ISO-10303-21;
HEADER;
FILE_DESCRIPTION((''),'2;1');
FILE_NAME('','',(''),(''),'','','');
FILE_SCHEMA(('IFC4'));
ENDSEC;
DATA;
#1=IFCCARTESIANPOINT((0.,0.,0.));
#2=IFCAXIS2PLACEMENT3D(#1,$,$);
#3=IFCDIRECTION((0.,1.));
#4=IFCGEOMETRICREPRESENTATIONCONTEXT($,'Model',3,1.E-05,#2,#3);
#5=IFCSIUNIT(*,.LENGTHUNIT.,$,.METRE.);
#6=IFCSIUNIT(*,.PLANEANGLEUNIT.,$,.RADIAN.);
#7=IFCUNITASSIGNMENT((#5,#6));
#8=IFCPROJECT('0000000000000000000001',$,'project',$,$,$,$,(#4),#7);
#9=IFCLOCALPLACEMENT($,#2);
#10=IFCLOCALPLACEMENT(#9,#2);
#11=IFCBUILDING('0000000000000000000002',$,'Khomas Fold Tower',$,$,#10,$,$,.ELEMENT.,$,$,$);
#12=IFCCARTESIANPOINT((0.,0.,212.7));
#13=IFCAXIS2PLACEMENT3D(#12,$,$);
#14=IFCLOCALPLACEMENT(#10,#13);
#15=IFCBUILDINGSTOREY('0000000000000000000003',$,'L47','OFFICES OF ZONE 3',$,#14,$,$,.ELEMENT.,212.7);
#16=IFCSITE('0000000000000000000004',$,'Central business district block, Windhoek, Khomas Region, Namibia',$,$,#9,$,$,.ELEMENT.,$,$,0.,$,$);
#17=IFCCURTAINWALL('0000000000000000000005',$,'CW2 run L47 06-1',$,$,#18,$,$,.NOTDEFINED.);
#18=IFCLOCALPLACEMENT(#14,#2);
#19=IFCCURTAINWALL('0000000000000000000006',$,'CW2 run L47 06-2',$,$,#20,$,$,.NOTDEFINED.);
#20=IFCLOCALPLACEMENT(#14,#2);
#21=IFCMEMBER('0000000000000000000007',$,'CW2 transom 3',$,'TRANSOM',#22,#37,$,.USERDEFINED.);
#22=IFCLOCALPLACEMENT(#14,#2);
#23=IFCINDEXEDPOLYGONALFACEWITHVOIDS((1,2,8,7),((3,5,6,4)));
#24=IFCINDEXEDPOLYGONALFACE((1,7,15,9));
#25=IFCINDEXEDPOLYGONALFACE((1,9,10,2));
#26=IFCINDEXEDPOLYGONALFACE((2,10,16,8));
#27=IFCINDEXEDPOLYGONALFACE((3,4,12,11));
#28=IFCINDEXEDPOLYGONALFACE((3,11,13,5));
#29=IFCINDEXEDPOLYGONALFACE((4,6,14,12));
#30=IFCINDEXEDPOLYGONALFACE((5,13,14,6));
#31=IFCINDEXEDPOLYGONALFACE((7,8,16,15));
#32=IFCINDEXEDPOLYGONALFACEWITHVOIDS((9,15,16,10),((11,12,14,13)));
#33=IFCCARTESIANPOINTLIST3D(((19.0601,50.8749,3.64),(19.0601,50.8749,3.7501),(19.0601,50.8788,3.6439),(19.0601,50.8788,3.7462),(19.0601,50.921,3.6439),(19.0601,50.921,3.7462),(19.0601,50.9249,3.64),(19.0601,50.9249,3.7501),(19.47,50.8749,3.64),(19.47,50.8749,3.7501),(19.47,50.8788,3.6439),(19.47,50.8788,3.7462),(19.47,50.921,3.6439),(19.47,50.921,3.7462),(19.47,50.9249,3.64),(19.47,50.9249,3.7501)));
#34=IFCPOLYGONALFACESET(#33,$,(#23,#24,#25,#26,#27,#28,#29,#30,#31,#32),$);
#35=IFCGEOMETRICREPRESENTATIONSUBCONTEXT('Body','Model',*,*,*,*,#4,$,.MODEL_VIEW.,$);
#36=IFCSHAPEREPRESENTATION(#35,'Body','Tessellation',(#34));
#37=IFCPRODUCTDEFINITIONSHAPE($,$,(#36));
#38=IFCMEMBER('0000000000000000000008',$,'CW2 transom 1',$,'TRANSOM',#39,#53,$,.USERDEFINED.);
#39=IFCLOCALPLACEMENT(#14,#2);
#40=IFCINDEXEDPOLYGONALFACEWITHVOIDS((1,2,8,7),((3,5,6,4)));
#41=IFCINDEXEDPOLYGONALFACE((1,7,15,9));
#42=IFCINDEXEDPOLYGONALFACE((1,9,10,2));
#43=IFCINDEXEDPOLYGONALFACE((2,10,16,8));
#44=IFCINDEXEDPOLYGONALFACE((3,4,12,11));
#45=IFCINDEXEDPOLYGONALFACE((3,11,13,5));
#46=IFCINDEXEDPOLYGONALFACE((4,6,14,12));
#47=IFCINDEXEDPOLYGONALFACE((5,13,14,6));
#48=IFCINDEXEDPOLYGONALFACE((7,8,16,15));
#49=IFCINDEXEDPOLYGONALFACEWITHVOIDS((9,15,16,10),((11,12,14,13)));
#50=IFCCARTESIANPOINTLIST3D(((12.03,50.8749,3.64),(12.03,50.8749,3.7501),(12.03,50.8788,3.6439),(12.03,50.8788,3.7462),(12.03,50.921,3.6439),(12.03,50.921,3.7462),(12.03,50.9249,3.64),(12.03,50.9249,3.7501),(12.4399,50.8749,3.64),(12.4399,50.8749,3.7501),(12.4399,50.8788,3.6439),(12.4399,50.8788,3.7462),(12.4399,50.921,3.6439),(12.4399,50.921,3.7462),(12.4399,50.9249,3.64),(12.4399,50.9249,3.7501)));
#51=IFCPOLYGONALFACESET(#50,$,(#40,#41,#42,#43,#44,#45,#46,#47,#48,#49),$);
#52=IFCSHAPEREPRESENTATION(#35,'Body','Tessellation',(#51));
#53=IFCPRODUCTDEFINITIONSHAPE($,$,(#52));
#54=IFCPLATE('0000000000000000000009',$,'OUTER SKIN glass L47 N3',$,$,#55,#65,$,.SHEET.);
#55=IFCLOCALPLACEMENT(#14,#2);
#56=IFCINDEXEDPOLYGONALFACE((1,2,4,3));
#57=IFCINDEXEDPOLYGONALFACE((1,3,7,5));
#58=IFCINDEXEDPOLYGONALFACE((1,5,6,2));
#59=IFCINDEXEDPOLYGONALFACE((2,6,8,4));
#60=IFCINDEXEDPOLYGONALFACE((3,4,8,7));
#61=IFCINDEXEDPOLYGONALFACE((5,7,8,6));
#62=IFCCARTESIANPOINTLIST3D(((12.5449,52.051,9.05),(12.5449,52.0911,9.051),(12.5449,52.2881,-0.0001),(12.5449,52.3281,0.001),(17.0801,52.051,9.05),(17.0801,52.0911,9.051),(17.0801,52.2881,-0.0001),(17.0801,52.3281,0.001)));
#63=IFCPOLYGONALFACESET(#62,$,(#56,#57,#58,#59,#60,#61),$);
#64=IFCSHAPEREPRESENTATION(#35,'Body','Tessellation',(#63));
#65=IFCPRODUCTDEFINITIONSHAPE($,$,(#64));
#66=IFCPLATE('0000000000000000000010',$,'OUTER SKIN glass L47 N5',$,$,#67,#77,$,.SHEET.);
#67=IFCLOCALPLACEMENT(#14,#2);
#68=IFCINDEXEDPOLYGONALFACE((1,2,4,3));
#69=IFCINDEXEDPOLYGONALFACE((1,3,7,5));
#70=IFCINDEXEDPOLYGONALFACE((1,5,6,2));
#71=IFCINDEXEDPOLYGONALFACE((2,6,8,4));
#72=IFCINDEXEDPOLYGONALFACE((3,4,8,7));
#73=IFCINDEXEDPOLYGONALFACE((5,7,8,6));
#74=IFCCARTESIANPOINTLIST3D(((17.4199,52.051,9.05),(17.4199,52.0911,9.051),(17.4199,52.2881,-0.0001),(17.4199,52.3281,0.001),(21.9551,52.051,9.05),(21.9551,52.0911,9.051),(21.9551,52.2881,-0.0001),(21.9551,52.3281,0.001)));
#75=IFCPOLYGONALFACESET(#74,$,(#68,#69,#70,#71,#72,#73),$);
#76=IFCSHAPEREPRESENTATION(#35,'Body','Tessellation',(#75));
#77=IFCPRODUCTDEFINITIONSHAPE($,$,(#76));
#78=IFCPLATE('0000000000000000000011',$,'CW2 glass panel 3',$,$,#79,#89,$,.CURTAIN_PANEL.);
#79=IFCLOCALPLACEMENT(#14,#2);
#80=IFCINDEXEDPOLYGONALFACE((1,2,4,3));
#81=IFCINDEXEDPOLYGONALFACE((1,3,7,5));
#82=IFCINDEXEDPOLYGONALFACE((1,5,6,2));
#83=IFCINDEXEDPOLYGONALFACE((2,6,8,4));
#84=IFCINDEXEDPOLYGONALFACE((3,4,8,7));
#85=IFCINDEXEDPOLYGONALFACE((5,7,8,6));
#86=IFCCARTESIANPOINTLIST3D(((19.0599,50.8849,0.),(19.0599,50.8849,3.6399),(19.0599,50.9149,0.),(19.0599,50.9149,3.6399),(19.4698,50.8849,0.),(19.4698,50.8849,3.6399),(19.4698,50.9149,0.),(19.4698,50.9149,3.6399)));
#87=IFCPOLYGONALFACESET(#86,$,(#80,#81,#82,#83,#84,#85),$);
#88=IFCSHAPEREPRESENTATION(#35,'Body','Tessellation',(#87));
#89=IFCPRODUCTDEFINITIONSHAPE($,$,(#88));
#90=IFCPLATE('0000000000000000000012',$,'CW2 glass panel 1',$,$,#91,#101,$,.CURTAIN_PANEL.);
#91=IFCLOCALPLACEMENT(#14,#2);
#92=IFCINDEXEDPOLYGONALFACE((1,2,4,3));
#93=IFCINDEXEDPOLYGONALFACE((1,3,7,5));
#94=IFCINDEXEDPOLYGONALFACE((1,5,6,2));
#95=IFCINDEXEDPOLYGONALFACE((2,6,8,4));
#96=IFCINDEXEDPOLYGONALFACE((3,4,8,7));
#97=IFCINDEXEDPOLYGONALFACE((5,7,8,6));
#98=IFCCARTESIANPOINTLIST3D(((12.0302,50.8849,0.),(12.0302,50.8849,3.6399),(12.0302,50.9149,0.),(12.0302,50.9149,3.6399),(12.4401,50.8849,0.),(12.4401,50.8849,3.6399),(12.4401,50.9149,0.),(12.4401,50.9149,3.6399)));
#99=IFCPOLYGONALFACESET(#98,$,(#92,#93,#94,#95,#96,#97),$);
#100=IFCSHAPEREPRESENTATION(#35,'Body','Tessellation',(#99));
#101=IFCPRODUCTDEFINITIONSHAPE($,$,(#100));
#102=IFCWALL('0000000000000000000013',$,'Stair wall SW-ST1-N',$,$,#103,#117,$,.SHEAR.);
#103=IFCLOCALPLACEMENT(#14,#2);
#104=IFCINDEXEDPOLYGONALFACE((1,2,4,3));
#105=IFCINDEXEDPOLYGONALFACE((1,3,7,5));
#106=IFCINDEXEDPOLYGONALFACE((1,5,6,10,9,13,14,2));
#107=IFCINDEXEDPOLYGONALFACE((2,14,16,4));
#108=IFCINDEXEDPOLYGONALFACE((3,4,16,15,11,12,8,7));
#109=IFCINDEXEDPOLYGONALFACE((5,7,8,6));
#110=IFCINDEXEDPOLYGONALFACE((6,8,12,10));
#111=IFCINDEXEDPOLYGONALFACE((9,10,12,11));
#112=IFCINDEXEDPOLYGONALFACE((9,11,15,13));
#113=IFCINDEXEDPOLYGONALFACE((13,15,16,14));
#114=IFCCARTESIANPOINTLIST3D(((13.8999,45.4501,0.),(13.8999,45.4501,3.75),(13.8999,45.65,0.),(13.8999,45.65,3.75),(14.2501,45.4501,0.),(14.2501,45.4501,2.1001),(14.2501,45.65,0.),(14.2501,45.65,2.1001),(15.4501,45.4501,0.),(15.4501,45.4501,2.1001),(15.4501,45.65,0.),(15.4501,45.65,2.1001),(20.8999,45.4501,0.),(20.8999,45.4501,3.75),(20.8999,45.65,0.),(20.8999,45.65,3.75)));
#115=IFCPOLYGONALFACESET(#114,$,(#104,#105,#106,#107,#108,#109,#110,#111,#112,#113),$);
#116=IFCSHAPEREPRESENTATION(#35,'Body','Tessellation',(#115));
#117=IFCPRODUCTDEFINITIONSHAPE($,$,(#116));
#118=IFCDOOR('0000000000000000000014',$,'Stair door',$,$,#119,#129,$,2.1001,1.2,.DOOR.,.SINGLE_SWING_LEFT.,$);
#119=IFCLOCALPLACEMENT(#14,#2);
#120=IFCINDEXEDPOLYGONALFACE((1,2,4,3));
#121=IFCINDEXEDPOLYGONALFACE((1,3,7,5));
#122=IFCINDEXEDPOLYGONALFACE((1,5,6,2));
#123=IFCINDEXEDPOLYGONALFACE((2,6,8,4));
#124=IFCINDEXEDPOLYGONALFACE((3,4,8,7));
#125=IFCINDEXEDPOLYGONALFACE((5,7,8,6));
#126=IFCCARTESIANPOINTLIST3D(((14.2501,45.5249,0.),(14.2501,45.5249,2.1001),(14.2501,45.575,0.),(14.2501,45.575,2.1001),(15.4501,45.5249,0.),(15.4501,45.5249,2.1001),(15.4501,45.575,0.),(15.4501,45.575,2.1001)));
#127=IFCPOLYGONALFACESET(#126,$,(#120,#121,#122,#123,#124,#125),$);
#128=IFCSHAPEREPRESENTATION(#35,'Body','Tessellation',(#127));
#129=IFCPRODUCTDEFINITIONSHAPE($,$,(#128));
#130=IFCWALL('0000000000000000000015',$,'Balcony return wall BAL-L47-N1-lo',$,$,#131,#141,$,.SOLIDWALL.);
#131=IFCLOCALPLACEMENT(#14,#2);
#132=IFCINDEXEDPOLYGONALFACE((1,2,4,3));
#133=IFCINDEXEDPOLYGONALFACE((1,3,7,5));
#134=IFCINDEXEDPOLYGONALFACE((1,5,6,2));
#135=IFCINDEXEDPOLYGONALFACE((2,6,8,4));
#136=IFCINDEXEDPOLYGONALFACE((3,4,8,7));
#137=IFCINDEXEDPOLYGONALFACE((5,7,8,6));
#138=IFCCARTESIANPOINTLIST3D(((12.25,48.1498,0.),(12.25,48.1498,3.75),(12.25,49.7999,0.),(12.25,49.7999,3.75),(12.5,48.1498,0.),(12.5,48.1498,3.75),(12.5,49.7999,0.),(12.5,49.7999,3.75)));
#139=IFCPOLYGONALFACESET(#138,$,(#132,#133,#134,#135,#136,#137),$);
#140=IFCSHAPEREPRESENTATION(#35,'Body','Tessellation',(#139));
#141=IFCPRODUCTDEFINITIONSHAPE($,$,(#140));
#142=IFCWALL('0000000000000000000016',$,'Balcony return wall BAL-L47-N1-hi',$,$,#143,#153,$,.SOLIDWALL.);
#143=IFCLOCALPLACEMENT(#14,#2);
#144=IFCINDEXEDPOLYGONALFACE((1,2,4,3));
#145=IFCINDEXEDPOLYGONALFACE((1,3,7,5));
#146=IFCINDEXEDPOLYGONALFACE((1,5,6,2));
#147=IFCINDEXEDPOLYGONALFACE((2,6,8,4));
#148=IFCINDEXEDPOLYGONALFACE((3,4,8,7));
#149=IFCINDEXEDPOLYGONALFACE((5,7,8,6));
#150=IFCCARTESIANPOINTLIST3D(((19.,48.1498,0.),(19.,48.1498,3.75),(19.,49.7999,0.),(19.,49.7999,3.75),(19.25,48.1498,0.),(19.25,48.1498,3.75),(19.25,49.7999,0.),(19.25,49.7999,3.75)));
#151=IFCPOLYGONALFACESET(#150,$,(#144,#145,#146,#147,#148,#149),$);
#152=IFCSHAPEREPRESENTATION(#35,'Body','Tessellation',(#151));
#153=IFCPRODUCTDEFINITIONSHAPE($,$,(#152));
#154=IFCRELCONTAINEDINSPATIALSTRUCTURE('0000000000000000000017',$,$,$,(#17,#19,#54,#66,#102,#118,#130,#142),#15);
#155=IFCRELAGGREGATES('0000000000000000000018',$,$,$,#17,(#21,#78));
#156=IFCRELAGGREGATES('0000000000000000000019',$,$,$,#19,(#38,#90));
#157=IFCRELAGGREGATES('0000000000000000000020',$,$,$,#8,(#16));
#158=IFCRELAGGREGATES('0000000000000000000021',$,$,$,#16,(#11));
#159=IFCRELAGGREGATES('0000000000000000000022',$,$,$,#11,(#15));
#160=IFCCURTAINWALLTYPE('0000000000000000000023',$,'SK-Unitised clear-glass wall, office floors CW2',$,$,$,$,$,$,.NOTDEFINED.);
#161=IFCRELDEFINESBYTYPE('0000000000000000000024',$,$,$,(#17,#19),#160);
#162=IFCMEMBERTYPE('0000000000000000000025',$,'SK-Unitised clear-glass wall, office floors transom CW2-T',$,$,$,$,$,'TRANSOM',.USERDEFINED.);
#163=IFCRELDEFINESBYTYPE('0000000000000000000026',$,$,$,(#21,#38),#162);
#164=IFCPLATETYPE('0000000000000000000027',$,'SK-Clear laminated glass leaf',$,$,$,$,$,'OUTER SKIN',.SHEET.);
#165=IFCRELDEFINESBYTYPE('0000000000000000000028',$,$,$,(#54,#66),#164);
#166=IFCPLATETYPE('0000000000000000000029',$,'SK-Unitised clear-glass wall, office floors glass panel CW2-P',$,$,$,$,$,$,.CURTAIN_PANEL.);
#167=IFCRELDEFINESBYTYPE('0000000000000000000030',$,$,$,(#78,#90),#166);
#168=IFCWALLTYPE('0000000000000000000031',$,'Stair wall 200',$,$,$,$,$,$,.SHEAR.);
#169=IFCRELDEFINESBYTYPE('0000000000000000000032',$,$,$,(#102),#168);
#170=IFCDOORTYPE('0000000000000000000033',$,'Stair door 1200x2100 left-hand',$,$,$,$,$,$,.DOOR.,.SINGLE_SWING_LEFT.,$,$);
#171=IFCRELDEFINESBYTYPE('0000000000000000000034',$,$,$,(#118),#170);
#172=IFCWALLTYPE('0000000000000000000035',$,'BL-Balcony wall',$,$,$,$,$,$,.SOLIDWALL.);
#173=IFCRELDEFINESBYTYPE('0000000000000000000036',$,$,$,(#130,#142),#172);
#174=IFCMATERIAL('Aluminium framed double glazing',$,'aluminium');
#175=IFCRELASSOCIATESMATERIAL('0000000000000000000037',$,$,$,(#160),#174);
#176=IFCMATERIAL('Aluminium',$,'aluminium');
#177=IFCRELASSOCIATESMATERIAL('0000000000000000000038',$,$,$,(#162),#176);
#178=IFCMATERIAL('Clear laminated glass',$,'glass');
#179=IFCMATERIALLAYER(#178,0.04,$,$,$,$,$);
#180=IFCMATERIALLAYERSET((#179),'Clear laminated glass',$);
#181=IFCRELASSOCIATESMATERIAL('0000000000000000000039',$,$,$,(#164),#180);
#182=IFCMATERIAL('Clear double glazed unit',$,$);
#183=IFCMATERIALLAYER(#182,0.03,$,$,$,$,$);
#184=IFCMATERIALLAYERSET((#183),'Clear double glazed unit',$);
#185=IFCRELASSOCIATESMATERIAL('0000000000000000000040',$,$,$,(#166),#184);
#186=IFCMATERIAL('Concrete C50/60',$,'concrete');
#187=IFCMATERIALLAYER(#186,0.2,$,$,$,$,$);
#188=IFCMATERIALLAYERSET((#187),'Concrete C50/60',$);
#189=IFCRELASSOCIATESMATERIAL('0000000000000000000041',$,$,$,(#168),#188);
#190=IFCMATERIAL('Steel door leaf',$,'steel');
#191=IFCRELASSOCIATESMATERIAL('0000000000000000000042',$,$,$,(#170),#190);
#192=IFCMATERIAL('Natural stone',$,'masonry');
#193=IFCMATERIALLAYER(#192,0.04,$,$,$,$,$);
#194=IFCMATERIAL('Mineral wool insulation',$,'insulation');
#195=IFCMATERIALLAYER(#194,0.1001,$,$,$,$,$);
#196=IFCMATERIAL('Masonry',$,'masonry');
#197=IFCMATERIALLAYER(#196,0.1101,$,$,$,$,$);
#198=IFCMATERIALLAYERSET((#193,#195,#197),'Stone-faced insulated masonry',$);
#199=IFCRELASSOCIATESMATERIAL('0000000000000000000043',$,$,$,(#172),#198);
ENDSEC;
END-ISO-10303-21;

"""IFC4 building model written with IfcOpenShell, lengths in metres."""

from ifc_helpers import new_model, si_unit, direction, frame, frame_2d, origin, origin_2d, place, context, subcontext, project, spatial, polyline, rectangle, hollow_rectangle, outline, extrude, source, transform, mapped, material, layer, layer_set, material_profile, profile_set, type_object, element, fill, aggregate, save


model = new_model("IFC4")

# Units and contexts
model_context = context("Model", 3, precision=1e-05, world=origin(), true_north=direction((0.0, 1.0)))
body_context = subcontext(model_context, "Body", "Model", "MODEL_VIEW")
ifc_project = project(units=[si_unit("LENGTHUNIT", "METRE"), si_unit("PLANEANGLEUNIT", "RADIAN")], contexts=[model_context])

# Site, building, storey
site_placement = place(None, origin())
site = spatial("IfcSite", under=ifc_project, at=site_placement, Name="Central business district block, Windhoek, Khomas Region, Namibia", CompositionType="ELEMENT", RefElevation=0.0)
building_placement = place(site_placement, origin())
building = spatial("IfcBuilding", under=site, at=building_placement, Name="Khomas Fold Tower", CompositionType="ELEMENT")
storey_placement = place(building_placement, frame((0.0, 0.0, 212.7)))
storey = spatial("IfcBuildingStorey", under=building, at=storey_placement, Name="L47", Description="OFFICES OF ZONE 3", CompositionType="ELEMENT", Elevation=212.7)

# Curtain walls
ifc_material_1 = material(Name="Aluminium framed double glazing", Category="aluminium")
curtain_wall_type = type_object("IfcCurtainWallType", Name="SK-Unitised clear-glass wall, office floors CW2", PredefinedType="NOTDEFINED", material=ifc_material_1)
curtain_wall_1_placement = place(storey_placement, origin())
curtain_wall_1 = element("IfcCurtainWall", 1, at=curtain_wall_1_placement, inside=storey, type_object=curtain_wall_type, Name="CW2 run L47 06-1", PredefinedType="NOTDEFINED")
curtain_wall_2_placement = place(storey_placement, origin())
curtain_wall_2 = element("IfcCurtainWall", 2, at=curtain_wall_2_placement, inside=storey, type_object=curtain_wall_type, Name="CW2 run L47 06-2", PredefinedType="NOTDEFINED")

# Members
ifc_material_2 = material(Name="Aluminium", Category="aluminium")
ifc_material_profile_1 = material_profile(ifc_material_2, hollow_rectangle(XDim=0.05, YDim=0.1101, WallThickness=0.0039, at=origin_2d()), Name="SK-Unitised clear-glass wall, office floors transom CW2-T")
ifc_profile_set_1 = profile_set([ifc_material_profile_1], Name="Aluminium")
member_type_1 = type_object("IfcMemberType", Name="SK-Unitised clear-glass wall, office floors transom CW2-T", ElementType="TRANSOM", PredefinedType="USERDEFINED", material=ifc_profile_set_1)
shared_shape_1 = source(origin(), body_context, "Body", "SweptSolid", [
    extrude(hollow_rectangle(XDim=0.05, YDim=0.1101, WallThickness=0.0039, at=origin_2d()), origin(), (0.0, 0.0, 1.0), 0.4099),
])
member_1_placement = place(storey_placement, frame((19.47, 50.8999, 3.6951), z_axis=(-1.0, 0.0, 0.0), x_axis=(0.0, -1.0, 0.0)))
member_1 = element("IfcMember", 3, at=member_1_placement, type_object=member_type_1, Name="CW2 transom 3", ObjectType="TRANSOM", PredefinedType="USERDEFINED", context=body_context, shape_type="MappedRepresentation", body=[
    mapped(shared_shape_1, transform((0.0, 0.0, 0.0))),
])
member_2_placement = place(storey_placement, frame((12.4399, 50.8999, 3.6951), z_axis=(-1.0, 0.0, 0.0), x_axis=(0.0, -1.0, 0.0)))
member_2 = element("IfcMember", 4, at=member_2_placement, type_object=member_type_1, Name="CW2 transom 1", ObjectType="TRANSOM", PredefinedType="USERDEFINED", context=body_context, shape_type="MappedRepresentation", body=[
    mapped(shared_shape_1, transform((0.0, 0.0, 0.0))),
])

# Plates
ifc_material_3 = material(Name="Clear laminated glass", Category="glass")
ifc_layer_1 = layer(ifc_material_3, 0.04)
ifc_layer_set_1 = layer_set([ifc_layer_1], Name="Clear laminated glass")
plate_type_1 = type_object("IfcPlateType", Name="SK-Clear laminated glass leaf", ElementType="OUTER SKIN", PredefinedType="SHEET", material=ifc_layer_set_1)
for number, where, z_axis, x_axis, name in (
    (5, (12.5449, 52.3281, 0.001), (0.0, 0.999657, 0.026185), (1.0, 0.0, 0.0), "OUTER SKIN glass L47 N3"),
    (6, (17.4199, 52.3281, 0.001), (0.0, 0.999657, 0.026185), (1.0, 0.0, 0.0), "OUTER SKIN glass L47 N5"),
):
    element("IfcPlate", number, at=place(storey_placement, frame(where, z_axis=z_axis, x_axis=x_axis)), inside=storey, type_object=plate_type_1, Name=name, PredefinedType="SHEET", context=body_context, shape_type="SweptSolid", body=[
        extrude(outline(polyline([(0.0, 0.0), (4.5352, 0.0), (4.5352, -9.0532), (0.0, -9.0532), (0.0, 0.0)])), origin(), (0.0, 0.0, -1.0), 0.04),
    ])

# Plates
ifc_material_4 = material(Name="Clear double glazed unit")
ifc_layer_2 = layer(ifc_material_4, 0.03)
ifc_layer_set_2 = layer_set([ifc_layer_2], Name="Clear double glazed unit")
plate_type_2 = type_object("IfcPlateType", Name="SK-Unitised clear-glass wall, office floors glass panel CW2-P", PredefinedType="CURTAIN_PANEL", material=ifc_layer_set_2)
shared_shape_2 = source(origin(), body_context, "Body", "SweptSolid", [
    extrude(rectangle(XDim=0.4099, YDim=0.03, at=origin_2d()), origin(), (0.0, 0.0, 1.0), 3.6399),
])
plate_1_placement = place(storey_placement, frame((19.2649, 50.8999, 0.0), z_axis=(0.0, 0.0, 1.0), x_axis=(-1.0, 0.0, 0.0)))
plate_1 = element("IfcPlate", 7, at=plate_1_placement, type_object=plate_type_2, Name="CW2 glass panel 3", PredefinedType="CURTAIN_PANEL", context=body_context, shape_type="MappedRepresentation", body=[
    mapped(shared_shape_2, transform((0.0, 0.0, 0.0))),
])
aggregate(curtain_wall_1, [member_1, plate_1])
plate_2_placement = place(storey_placement, frame((12.2351, 50.8999, 0.0), z_axis=(0.0, 0.0, 1.0), x_axis=(-1.0, 0.0, 0.0)))
plate_2 = element("IfcPlate", 8, at=plate_2_placement, type_object=plate_type_2, Name="CW2 glass panel 1", PredefinedType="CURTAIN_PANEL", context=body_context, shape_type="MappedRepresentation", body=[
    mapped(shared_shape_2, transform((0.0, 0.0, 0.0))),
])
aggregate(curtain_wall_2, [member_2, plate_2])

# Wall, opening, door
ifc_material_5 = material(Name="Concrete C50/60", Category="concrete")
ifc_layer_3 = layer(ifc_material_5, 0.2)
ifc_layer_set_3 = layer_set([ifc_layer_3], Name="Concrete C50/60")
wall_type_1 = type_object("IfcWallType", Name="Stair wall 200", PredefinedType="SHEAR", material=ifc_layer_set_3)
shared_shape_3 = source(origin(), body_context, "Body", "SweptSolid", [
    extrude(rectangle(XDim=7.0, YDim=0.2, at=frame_2d((3.5, 0.0))), origin(), (0.0, 0.0, 1.0), 3.75),
])
wall_1_placement = place(storey_placement, frame((13.8999, 45.55, 0.0), z_axis=(0.0, 0.0, 1.0), x_axis=(1.0, 0.0, 0.0)))
wall_1 = element("IfcWall", 9, at=wall_1_placement, inside=storey, type_object=wall_type_1, Name="Stair wall SW-ST1-N", PredefinedType="SHEAR", context=body_context, shape_type="MappedRepresentation", body=[
    mapped(shared_shape_3, transform((0.0, 0.0, 0.0))),
])
shared_shape_4 = source(origin(), body_context, "Body", "SweptSolid", [
    extrude(rectangle(XDim=1.2, YDim=2.1001, at=frame_2d((0.6001, 1.05))), frame((0.0, 0.1099, 0.0), z_axis=(0.0, -1.0, 0.0), x_axis=(1.0, 0.0, 0.0)), (0.0, 0.0, 1.0), 0.22),
])
opening_1_placement = place(wall_1_placement, frame((0.3501, 0.0, 0.0)))
opening_1 = element("IfcOpeningElement", 10, at=opening_1_placement, cuts=wall_1, PredefinedType="OPENING", context=body_context, shape_type="MappedRepresentation", body=[
    mapped(shared_shape_4, transform((0.0, 0.0, 0.0))),
])
ifc_material_6 = material(Name="Steel door leaf", Category="steel")
door_type_1 = type_object("IfcDoorType", Name="Stair door 1200x2100 left-hand", OperationType="SINGLE_SWING_LEFT", PredefinedType="DOOR", material=ifc_material_6)
shared_shape_5 = source(origin(), body_context, "Body", "SweptSolid", [
    extrude(rectangle(XDim=1.2, YDim=2.1001, at=frame_2d((0.6001, 1.05))), frame((0.0, 0.0249, 0.0), z_axis=(0.0, -1.0, 0.0), x_axis=(1.0, 0.0, 0.0)), (0.0, 0.0, 1.0), 0.05),
])
door_1_placement = place(opening_1_placement, origin())
door_1 = element("IfcDoor", 11, at=door_1_placement, inside=storey, type_object=door_type_1, Name="Stair door", OperationType="SINGLE_SWING_LEFT", OverallHeight=2.1001, OverallWidth=1.2, PredefinedType="DOOR", context=body_context, shape_type="MappedRepresentation", body=[
    mapped(shared_shape_5, transform((0.0, 0.0, 0.0))),
])
fill(opening_1, door_1)

# Shared definitions
ifc_material_7 = material(Name="Natural stone", Category="masonry")
ifc_layer_4 = layer(ifc_material_7, 0.04)
ifc_material_8 = material(Name="Mineral wool insulation", Category="insulation")
ifc_layer_5 = layer(ifc_material_8, 0.1001)
ifc_material_9 = material(Name="Masonry", Category="masonry")
ifc_layer_6 = layer(ifc_material_9, 0.1101)
ifc_layer_set_4 = layer_set([ifc_layer_4, ifc_layer_5, ifc_layer_6], Name="Stone-faced insulated masonry")
wall_type_2 = type_object("IfcWallType", Name="BL-Balcony wall", PredefinedType="SOLIDWALL", material=ifc_layer_set_4)

# Walls
shared_shape_6 = source(origin(), body_context, "Body", "SweptSolid", [
    extrude(rectangle(XDim=1.6501, YDim=0.25, at=frame_2d((0.8252, 0.0))), origin(), (0.0, 0.0, 1.0), 3.75),
])
for number, where, z_axis, x_axis, name in (
    (12, (12.375, 49.8, 0.0), (0.0, 0.0, 1.0), (0.0, -1.0, 0.0), "Balcony return wall BAL-L47-N1-lo"),
    (13, (19.125, 49.8, 0.0), (0.0, 0.0, 1.0), (0.0, -1.0, 0.0), "Balcony return wall BAL-L47-N1-hi"),
):
    element("IfcWall", number, at=place(storey_placement, frame(where, z_axis=z_axis, x_axis=x_axis)), inside=storey, type_object=wall_type_2, Name=name, PredefinedType="SOLIDWALL", context=body_context, shape_type="MappedRepresentation", body=[
        mapped(shared_shape_6, transform((0.0, 0.0, 0.0))),
    ])

save(model, "model.ifc")
